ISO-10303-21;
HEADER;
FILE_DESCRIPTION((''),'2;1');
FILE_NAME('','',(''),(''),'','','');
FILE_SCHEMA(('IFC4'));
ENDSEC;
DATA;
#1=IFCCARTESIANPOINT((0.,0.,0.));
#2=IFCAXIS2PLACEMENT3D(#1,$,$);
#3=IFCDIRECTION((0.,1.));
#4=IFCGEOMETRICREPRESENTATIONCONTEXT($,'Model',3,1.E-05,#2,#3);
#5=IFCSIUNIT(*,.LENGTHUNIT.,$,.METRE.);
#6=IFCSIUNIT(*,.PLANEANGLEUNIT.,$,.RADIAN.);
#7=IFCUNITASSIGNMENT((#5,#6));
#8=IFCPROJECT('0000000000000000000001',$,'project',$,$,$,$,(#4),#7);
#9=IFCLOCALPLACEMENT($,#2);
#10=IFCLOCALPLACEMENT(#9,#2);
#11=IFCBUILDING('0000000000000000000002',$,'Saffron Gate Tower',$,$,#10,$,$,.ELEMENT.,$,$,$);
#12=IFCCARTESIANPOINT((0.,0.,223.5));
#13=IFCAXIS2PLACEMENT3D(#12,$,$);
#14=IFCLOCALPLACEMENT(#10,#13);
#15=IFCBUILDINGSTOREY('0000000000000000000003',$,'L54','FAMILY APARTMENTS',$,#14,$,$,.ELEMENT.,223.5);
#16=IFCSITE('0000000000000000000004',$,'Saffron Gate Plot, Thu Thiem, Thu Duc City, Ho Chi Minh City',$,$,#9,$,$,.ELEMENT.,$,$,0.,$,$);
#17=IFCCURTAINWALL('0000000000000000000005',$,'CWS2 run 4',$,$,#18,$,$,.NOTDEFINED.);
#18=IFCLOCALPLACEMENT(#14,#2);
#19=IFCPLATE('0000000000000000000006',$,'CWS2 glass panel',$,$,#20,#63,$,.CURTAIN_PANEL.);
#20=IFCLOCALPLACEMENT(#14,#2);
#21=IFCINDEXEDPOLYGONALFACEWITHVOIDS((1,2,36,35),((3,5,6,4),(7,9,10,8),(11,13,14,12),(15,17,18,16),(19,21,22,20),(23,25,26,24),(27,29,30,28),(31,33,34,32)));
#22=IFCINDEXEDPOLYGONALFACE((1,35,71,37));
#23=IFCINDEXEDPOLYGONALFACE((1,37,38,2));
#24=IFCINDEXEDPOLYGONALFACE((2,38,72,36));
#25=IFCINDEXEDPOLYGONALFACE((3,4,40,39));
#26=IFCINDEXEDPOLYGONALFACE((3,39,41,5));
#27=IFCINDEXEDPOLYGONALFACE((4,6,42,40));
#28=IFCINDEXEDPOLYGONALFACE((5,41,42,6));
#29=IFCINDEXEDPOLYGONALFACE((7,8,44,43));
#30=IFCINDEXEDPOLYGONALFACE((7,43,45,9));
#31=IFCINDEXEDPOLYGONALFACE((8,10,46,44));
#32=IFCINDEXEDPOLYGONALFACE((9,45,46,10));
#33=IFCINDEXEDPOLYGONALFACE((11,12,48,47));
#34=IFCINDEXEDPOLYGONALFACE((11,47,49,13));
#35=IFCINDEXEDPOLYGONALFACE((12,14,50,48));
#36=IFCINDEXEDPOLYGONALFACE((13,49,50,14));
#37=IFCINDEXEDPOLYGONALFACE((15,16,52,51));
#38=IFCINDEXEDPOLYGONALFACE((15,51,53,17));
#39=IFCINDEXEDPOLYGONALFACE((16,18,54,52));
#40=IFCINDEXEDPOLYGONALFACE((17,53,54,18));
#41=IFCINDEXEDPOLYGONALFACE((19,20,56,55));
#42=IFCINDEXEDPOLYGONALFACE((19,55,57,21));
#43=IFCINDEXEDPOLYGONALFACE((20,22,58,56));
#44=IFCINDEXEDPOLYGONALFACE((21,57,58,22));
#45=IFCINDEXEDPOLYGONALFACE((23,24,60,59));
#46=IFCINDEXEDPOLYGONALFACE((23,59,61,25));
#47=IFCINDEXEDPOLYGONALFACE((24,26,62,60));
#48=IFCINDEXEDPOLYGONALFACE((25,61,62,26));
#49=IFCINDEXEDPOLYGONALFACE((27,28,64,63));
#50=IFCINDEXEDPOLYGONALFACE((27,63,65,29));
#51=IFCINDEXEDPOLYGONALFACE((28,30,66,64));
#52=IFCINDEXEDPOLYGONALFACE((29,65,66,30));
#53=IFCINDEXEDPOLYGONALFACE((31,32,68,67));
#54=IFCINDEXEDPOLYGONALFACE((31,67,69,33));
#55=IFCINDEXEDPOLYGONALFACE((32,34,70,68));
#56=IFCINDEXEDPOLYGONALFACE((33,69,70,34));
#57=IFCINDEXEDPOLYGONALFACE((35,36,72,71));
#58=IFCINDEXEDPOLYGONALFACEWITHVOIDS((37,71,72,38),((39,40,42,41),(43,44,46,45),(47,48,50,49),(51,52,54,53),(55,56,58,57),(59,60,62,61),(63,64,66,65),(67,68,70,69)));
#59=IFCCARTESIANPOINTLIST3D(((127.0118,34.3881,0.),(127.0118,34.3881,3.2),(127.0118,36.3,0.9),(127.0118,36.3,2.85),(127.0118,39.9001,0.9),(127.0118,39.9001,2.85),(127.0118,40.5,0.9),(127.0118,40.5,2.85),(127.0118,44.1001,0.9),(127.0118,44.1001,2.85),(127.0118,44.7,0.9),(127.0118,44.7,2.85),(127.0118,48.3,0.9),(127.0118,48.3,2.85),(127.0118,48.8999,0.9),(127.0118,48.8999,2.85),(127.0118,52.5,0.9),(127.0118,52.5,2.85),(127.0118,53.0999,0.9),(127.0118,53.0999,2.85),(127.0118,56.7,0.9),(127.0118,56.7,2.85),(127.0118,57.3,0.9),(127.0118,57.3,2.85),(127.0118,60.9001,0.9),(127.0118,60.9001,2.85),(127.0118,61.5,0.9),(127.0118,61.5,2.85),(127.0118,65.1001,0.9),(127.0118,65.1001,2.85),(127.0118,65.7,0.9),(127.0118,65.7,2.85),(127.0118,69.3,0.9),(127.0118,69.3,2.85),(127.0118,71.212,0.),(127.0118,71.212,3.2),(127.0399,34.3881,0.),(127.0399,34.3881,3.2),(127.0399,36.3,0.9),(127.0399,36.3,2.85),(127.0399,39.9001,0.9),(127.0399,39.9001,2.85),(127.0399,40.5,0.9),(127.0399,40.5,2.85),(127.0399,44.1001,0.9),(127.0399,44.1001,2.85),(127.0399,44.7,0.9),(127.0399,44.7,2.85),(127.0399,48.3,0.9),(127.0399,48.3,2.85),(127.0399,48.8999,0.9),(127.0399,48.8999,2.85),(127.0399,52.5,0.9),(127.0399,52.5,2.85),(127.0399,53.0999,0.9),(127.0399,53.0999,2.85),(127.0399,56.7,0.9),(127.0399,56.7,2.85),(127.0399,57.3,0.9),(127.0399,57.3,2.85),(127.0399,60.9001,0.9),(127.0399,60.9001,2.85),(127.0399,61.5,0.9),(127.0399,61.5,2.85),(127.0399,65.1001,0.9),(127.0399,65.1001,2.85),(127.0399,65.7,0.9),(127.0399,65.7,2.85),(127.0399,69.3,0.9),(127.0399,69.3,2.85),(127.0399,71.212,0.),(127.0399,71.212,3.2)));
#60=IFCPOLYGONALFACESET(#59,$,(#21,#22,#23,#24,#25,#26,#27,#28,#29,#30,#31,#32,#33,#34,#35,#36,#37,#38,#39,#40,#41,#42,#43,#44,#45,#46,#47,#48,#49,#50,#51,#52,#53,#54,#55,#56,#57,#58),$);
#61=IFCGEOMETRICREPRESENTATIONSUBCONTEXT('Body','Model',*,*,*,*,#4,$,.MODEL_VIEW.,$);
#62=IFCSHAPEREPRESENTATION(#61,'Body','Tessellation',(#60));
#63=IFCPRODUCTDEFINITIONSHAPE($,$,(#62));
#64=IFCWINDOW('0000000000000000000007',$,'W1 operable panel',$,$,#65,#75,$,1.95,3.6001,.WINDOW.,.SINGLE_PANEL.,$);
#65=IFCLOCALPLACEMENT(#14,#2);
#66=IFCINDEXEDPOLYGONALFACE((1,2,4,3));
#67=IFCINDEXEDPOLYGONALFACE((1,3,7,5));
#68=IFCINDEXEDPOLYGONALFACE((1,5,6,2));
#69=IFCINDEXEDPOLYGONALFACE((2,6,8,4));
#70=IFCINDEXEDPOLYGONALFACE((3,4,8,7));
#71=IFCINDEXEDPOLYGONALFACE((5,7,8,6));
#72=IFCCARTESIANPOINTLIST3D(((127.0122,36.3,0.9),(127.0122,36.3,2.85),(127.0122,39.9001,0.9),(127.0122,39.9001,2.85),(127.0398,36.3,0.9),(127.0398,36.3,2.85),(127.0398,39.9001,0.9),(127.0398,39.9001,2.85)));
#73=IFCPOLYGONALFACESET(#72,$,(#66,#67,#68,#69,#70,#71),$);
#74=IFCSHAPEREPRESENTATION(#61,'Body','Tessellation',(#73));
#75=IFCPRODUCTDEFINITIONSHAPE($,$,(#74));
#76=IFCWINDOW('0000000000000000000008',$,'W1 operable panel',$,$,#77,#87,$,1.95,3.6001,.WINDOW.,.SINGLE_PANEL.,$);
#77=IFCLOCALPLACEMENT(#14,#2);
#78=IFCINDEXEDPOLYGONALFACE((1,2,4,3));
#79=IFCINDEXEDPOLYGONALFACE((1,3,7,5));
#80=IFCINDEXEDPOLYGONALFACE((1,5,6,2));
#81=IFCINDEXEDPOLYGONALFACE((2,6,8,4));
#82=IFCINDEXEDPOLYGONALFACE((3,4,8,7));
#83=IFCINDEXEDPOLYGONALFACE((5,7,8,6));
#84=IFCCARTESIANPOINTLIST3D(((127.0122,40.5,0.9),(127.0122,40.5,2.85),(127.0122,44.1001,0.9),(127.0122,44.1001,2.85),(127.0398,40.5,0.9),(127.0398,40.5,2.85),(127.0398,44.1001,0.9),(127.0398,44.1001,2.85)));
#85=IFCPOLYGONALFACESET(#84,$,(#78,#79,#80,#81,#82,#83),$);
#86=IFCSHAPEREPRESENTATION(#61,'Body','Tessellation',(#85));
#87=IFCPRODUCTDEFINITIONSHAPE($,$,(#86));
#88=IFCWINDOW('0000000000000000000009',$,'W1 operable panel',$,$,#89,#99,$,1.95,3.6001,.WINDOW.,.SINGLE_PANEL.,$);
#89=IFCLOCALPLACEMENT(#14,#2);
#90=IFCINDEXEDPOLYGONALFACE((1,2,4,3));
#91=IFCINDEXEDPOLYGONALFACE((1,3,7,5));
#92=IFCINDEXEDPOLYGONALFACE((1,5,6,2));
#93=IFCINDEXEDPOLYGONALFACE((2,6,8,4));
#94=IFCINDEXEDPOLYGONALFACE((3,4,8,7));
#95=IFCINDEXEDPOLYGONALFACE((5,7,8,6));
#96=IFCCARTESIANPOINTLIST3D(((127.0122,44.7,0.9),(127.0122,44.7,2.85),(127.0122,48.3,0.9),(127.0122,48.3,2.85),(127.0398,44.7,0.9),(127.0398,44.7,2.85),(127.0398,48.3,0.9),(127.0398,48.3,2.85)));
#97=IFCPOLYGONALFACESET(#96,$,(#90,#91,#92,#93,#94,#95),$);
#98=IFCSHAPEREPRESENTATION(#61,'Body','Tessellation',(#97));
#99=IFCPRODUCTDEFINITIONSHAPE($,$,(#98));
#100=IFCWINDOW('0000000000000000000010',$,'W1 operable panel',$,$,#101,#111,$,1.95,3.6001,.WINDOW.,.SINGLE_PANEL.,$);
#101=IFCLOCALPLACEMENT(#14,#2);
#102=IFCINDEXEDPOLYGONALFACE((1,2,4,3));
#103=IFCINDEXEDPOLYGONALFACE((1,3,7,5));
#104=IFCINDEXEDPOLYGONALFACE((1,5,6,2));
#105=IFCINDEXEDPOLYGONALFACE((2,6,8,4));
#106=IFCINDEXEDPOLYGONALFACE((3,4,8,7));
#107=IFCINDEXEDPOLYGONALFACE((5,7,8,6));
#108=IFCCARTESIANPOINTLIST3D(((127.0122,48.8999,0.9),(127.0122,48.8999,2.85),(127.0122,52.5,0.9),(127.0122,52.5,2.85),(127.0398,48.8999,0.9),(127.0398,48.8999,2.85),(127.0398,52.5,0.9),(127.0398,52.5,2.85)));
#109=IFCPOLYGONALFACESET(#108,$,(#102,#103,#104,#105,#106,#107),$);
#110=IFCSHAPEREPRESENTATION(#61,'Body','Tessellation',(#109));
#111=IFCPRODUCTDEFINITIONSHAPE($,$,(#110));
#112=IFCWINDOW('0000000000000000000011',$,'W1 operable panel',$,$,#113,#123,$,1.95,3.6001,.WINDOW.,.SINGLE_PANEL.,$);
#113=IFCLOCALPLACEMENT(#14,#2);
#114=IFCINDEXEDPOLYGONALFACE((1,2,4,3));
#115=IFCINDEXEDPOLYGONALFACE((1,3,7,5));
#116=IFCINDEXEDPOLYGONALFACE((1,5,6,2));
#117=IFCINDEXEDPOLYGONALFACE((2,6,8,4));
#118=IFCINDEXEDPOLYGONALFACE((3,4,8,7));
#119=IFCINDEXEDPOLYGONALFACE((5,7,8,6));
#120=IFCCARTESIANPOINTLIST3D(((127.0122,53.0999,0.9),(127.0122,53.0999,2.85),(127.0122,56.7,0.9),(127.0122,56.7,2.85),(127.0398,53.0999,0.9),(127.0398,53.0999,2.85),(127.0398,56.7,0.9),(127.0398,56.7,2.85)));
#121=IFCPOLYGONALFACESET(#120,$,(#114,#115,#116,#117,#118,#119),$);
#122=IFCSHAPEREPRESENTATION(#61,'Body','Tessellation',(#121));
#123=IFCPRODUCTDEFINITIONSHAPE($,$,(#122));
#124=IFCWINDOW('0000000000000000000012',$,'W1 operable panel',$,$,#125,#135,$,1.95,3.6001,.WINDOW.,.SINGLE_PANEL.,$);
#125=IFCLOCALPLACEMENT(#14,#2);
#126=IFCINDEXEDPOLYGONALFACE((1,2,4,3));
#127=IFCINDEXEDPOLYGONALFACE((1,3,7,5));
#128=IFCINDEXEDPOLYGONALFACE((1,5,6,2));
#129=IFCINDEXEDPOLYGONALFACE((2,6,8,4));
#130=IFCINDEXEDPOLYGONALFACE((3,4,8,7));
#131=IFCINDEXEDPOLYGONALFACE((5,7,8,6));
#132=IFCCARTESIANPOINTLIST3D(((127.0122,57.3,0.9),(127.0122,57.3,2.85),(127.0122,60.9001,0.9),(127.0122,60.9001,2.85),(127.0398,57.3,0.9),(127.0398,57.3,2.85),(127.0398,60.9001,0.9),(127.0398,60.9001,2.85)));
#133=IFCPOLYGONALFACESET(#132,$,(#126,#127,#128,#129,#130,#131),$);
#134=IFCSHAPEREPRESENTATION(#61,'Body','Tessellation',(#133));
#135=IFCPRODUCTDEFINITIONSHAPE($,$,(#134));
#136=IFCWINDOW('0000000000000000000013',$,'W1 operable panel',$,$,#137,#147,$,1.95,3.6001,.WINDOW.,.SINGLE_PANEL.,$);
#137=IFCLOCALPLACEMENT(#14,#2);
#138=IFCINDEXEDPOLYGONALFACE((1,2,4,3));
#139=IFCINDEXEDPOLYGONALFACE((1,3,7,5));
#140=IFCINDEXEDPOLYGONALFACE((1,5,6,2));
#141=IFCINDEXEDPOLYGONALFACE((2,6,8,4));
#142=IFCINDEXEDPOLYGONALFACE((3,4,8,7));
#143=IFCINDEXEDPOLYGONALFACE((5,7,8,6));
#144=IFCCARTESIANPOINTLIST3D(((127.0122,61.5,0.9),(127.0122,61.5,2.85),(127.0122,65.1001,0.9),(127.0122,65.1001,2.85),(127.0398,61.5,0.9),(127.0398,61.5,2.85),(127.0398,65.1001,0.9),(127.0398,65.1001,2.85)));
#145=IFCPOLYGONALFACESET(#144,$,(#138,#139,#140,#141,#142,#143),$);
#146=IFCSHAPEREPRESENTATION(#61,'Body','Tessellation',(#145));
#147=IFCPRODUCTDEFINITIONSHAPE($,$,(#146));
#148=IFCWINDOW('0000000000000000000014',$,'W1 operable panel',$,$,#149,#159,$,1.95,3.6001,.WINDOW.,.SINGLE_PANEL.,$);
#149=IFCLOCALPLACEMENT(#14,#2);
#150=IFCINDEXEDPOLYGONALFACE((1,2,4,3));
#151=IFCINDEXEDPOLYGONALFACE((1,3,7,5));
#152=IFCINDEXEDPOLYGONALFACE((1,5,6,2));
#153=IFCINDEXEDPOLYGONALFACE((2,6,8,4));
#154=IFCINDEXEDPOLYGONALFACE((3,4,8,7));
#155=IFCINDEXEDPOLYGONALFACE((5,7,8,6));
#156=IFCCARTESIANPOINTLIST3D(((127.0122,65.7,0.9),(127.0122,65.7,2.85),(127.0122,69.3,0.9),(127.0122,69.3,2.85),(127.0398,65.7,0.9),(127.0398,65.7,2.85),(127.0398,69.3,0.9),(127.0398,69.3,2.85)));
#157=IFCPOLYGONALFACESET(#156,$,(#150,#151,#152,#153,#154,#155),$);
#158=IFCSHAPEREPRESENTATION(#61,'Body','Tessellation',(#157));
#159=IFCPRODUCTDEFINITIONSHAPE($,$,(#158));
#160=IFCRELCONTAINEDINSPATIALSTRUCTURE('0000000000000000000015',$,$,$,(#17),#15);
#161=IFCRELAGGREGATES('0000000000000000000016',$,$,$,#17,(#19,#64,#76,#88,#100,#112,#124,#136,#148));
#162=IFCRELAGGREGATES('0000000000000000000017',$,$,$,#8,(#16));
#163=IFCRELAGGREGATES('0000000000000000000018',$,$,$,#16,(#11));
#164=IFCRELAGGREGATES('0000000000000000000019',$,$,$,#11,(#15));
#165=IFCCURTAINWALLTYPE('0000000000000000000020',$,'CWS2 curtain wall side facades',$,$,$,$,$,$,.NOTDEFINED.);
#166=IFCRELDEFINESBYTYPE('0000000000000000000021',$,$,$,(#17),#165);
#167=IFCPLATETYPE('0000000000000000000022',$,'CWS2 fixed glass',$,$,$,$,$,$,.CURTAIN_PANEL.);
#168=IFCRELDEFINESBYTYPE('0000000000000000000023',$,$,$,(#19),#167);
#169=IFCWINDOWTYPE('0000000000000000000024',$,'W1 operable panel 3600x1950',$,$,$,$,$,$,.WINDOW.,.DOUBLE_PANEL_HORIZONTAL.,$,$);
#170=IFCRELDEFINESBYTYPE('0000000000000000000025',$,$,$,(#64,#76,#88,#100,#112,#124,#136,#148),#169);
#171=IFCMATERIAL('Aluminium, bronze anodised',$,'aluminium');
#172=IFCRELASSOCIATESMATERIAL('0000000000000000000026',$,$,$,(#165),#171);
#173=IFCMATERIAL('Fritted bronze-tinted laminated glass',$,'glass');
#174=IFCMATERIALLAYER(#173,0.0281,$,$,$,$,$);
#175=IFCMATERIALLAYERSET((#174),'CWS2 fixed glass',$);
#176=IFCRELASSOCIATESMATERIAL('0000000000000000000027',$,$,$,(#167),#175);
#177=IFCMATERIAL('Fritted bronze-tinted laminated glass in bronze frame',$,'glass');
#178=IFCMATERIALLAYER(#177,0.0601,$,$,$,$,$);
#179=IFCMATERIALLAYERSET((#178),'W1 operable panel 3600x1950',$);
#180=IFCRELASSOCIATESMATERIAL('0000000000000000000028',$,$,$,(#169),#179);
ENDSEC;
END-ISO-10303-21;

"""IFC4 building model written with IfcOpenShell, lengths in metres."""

from ifc_helpers import new_model, si_unit, direction, frame, frame_2d, origin, place, context, subcontext, project, spatial, rectangle, extrude, material, layer, layer_set, type_object, element, fill, aggregate, save


model = new_model("IFC4")

# Units and contexts
model_context = context("Model", 3, precision=1e-05, world=origin(), true_north=direction((0.0, 1.0)))
body_context = subcontext(model_context, "Body", "Model", "MODEL_VIEW")
ifc_project = project(units=[si_unit("LENGTHUNIT", "METRE"), si_unit("PLANEANGLEUNIT", "RADIAN")], contexts=[model_context])

# Site, building, storey
site_placement = place(None, origin())
site = spatial("IfcSite", under=ifc_project, at=site_placement, Name="Saffron Gate Plot, Thu Thiem, Thu Duc City, Ho Chi Minh City", CompositionType="ELEMENT", RefElevation=0.0)
building_placement = place(site_placement, origin())
building = spatial("IfcBuilding", under=site, at=building_placement, Name="Saffron Gate Tower", CompositionType="ELEMENT")
storey_placement = place(building_placement, frame((0.0, 0.0, 223.5)))
storey = spatial("IfcBuildingStorey", under=building, at=storey_placement, Name="L54", Description="FAMILY APARTMENTS", CompositionType="ELEMENT", Elevation=223.5)

# Curtain wall
ifc_material_1 = material(Name="Aluminium, bronze anodised", Category="aluminium")
curtain_wall_type_1 = type_object("IfcCurtainWallType", Name="CWS2 curtain wall side facades", PredefinedType="NOTDEFINED", material=ifc_material_1)
curtain_wall_1_placement = place(storey_placement, origin())
curtain_wall_1 = element("IfcCurtainWall", 1, at=curtain_wall_1_placement, inside=storey, type_object=curtain_wall_type_1, Name="CWS2 run 4", PredefinedType="NOTDEFINED")

# Plate, openings, windows
ifc_material_2 = material(Name="Fritted bronze-tinted laminated glass", Category="glass")
ifc_layer_1 = layer(ifc_material_2, 0.0281)
ifc_layer_set_1 = layer_set([ifc_layer_1], Name="CWS2 fixed glass")
plate_type = type_object("IfcPlateType", Name="CWS2 fixed glass", PredefinedType="CURTAIN_PANEL", material=ifc_layer_set_1)
plate_placement = place(storey_placement, frame((127.0259, 34.3879, 0.0), z_axis=(0.0, 0.0, 1.0), x_axis=(0.0, 1.0, 0.0)))
plate = element("IfcPlate", 2, at=plate_placement, type_object=plate_type, Name="CWS2 glass panel", PredefinedType="CURTAIN_PANEL", context=body_context, shape_type="SweptSolid", body=[
    extrude(rectangle(XDim=36.824, YDim=0.0281, at=frame_2d((18.4121, 0.0))), origin(), (0.0, 0.0, 1.0), 3.2),
])
opening_1_placement = place(plate_placement, frame((1.9121, 0.0, 0.8999)))
opening_1 = element("IfcOpeningElement", 3, at=opening_1_placement, cuts=plate, PredefinedType="OPENING", context=body_context, shape_type="SweptSolid", body=[
    extrude(rectangle(XDim=3.6001, YDim=1.95, at=frame_2d((1.8, 0.9751))), frame((0.0, 0.0239, 0.0), z_axis=(0.0, -1.0, 0.0), x_axis=(1.0, 0.0, 0.0)), (0.0, 0.0, 1.0), 0.0481),
])
opening_2_placement = place(plate_placement, frame((6.1121, 0.0, 0.8999)))
opening_2 = element("IfcOpeningElement", 4, at=opening_2_placement, cuts=plate, PredefinedType="OPENING", context=body_context, shape_type="SweptSolid", body=[
    extrude(rectangle(XDim=3.6001, YDim=1.95, at=frame_2d((1.8, 0.9751))), frame((0.0, 0.0239, 0.0), z_axis=(0.0, -1.0, 0.0), x_axis=(1.0, 0.0, 0.0)), (0.0, 0.0, 1.0), 0.0481),
])
opening_3_placement = place(plate_placement, frame((10.312, 0.0, 0.8999)))
opening_3 = element("IfcOpeningElement", 5, at=opening_3_placement, cuts=plate, PredefinedType="OPENING", context=body_context, shape_type="SweptSolid", body=[
    extrude(rectangle(XDim=3.6001, YDim=1.95, at=frame_2d((1.8, 0.9751))), frame((0.0, 0.0239, 0.0), z_axis=(0.0, -1.0, 0.0), x_axis=(1.0, 0.0, 0.0)), (0.0, 0.0, 1.0), 0.0481),
])
opening_4_placement = place(plate_placement, frame((14.512, 0.0, 0.8999)))
opening_4 = element("IfcOpeningElement", 6, at=opening_4_placement, cuts=plate, PredefinedType="OPENING", context=body_context, shape_type="SweptSolid", body=[
    extrude(rectangle(XDim=3.6001, YDim=1.95, at=frame_2d((1.8, 0.9751))), frame((0.0, 0.0239, 0.0), z_axis=(0.0, -1.0, 0.0), x_axis=(1.0, 0.0, 0.0)), (0.0, 0.0, 1.0), 0.0481),
])
opening_5_placement = place(plate_placement, frame((18.7119, 0.0, 0.8999)))
opening_5 = element("IfcOpeningElement", 7, at=opening_5_placement, cuts=plate, PredefinedType="OPENING", context=body_context, shape_type="SweptSolid", body=[
    extrude(rectangle(XDim=3.6001, YDim=1.95, at=frame_2d((1.8, 0.9751))), frame((0.0, 0.0239, 0.0), z_axis=(0.0, -1.0, 0.0), x_axis=(1.0, 0.0, 0.0)), (0.0, 0.0, 1.0), 0.0481),
])
opening_6_placement = place(plate_placement, frame((22.9121, 0.0, 0.8999)))
opening_6 = element("IfcOpeningElement", 8, at=opening_6_placement, cuts=plate, PredefinedType="OPENING", context=body_context, shape_type="SweptSolid", body=[
    extrude(rectangle(XDim=3.6001, YDim=1.95, at=frame_2d((1.8, 0.9751))), frame((0.0, 0.0239, 0.0), z_axis=(0.0, -1.0, 0.0), x_axis=(1.0, 0.0, 0.0)), (0.0, 0.0, 1.0), 0.0481),
])
opening_7_placement = place(plate_placement, frame((27.1121, 0.0, 0.8999)))
opening_7 = element("IfcOpeningElement", 9, at=opening_7_placement, cuts=plate, PredefinedType="OPENING", context=body_context, shape_type="SweptSolid", body=[
    extrude(rectangle(XDim=3.6001, YDim=1.95, at=frame_2d((1.8, 0.9751))), frame((0.0, 0.0239, 0.0), z_axis=(0.0, -1.0, 0.0), x_axis=(1.0, 0.0, 0.0)), (0.0, 0.0, 1.0), 0.0481),
])
opening_8_placement = place(plate_placement, frame((31.312, 0.0, 0.8999)))
opening_8 = element("IfcOpeningElement", 10, at=opening_8_placement, cuts=plate, PredefinedType="OPENING", context=body_context, shape_type="SweptSolid", body=[
    extrude(rectangle(XDim=3.6001, YDim=1.95, at=frame_2d((1.8, 0.9751))), frame((0.0, 0.0239, 0.0), z_axis=(0.0, -1.0, 0.0), x_axis=(1.0, 0.0, 0.0)), (0.0, 0.0, 1.0), 0.0481),
])
ifc_material_3 = material(Name="Fritted bronze-tinted laminated glass in bronze frame", Category="glass")
ifc_layer_2 = layer(ifc_material_3, 0.0601)
ifc_layer_set_2 = layer_set([ifc_layer_2], Name="W1 operable panel 3600x1950")
window_type = type_object("IfcWindowType", Name="W1 operable panel 3600x1950", PartitioningType="DOUBLE_PANEL_HORIZONTAL", PredefinedType="WINDOW", material=ifc_layer_set_2)
window_1_placement = place(opening_1_placement, origin())
window_1 = element("IfcWindow", 11, at=window_1_placement, type_object=window_type, Name="W1 operable panel", OverallHeight=1.95, OverallWidth=3.6001, PartitioningType="SINGLE_PANEL", PredefinedType="WINDOW", context=body_context, shape_type="SweptSolid", body=[
    extrude(rectangle(XDim=3.6001, YDim=1.95, at=frame_2d((1.8, 0.9751))), frame((0.0, 0.0137, 0.0), z_axis=(0.0, -1.0, 0.0), x_axis=(1.0, 0.0, 0.0)), (0.0, 0.0, 1.0), 0.0276),
])
fill(opening_1, window_1)
window_2_placement = place(opening_2_placement, origin())
window_2 = element("IfcWindow", 12, at=window_2_placement, type_object=window_type, Name="W1 operable panel", OverallHeight=1.95, OverallWidth=3.6001, PartitioningType="SINGLE_PANEL", PredefinedType="WINDOW", context=body_context, shape_type="SweptSolid", body=[
    extrude(rectangle(XDim=3.6001, YDim=1.95, at=frame_2d((1.8, 0.9751))), frame((0.0, 0.0137, 0.0), z_axis=(0.0, -1.0, 0.0), x_axis=(1.0, 0.0, 0.0)), (0.0, 0.0, 1.0), 0.0276),
])
fill(opening_2, window_2)
window_3_placement = place(opening_3_placement, origin())
window_3 = element("IfcWindow", 13, at=window_3_placement, type_object=window_type, Name="W1 operable panel", OverallHeight=1.95, OverallWidth=3.6001, PartitioningType="SINGLE_PANEL", PredefinedType="WINDOW", context=body_context, shape_type="SweptSolid", body=[
    extrude(rectangle(XDim=3.6001, YDim=1.95, at=frame_2d((1.8, 0.9751))), frame((0.0, 0.0137, 0.0), z_axis=(0.0, -1.0, 0.0), x_axis=(1.0, 0.0, 0.0)), (0.0, 0.0, 1.0), 0.0276),
])
fill(opening_3, window_3)
window_4_placement = place(opening_4_placement, origin())
window_4 = element("IfcWindow", 14, at=window_4_placement, type_object=window_type, Name="W1 operable panel", OverallHeight=1.95, OverallWidth=3.6001, PartitioningType="SINGLE_PANEL", PredefinedType="WINDOW", context=body_context, shape_type="SweptSolid", body=[
    extrude(rectangle(XDim=3.6001, YDim=1.95, at=frame_2d((1.8, 0.9751))), frame((0.0, 0.0137, 0.0), z_axis=(0.0, -1.0, 0.0), x_axis=(1.0, 0.0, 0.0)), (0.0, 0.0, 1.0), 0.0276),
])
fill(opening_4, window_4)
window_5_placement = place(opening_5_placement, origin())
window_5 = element("IfcWindow", 15, at=window_5_placement, type_object=window_type, Name="W1 operable panel", OverallHeight=1.95, OverallWidth=3.6001, PartitioningType="SINGLE_PANEL", PredefinedType="WINDOW", context=body_context, shape_type="SweptSolid", body=[
    extrude(rectangle(XDim=3.6001, YDim=1.95, at=frame_2d((1.8, 0.9751))), frame((0.0, 0.0137, 0.0), z_axis=(0.0, -1.0, 0.0), x_axis=(1.0, 0.0, 0.0)), (0.0, 0.0, 1.0), 0.0276),
])
fill(opening_5, window_5)
window_6_placement = place(opening_6_placement, origin())
window_6 = element("IfcWindow", 16, at=window_6_placement, type_object=window_type, Name="W1 operable panel", OverallHeight=1.95, OverallWidth=3.6001, PartitioningType="SINGLE_PANEL", PredefinedType="WINDOW", context=body_context, shape_type="SweptSolid", body=[
    extrude(rectangle(XDim=3.6001, YDim=1.95, at=frame_2d((1.8, 0.9751))), frame((0.0, 0.0137, 0.0), z_axis=(0.0, -1.0, 0.0), x_axis=(1.0, 0.0, 0.0)), (0.0, 0.0, 1.0), 0.0276),
])
fill(opening_6, window_6)
window_7_placement = place(opening_7_placement, origin())
window_7 = element("IfcWindow", 17, at=window_7_placement, type_object=window_type, Name="W1 operable panel", OverallHeight=1.95, OverallWidth=3.6001, PartitioningType="SINGLE_PANEL", PredefinedType="WINDOW", context=body_context, shape_type="SweptSolid", body=[
    extrude(rectangle(XDim=3.6001, YDim=1.95, at=frame_2d((1.8, 0.9751))), frame((0.0, 0.0137, 0.0), z_axis=(0.0, -1.0, 0.0), x_axis=(1.0, 0.0, 0.0)), (0.0, 0.0, 1.0), 0.0276),
])
fill(opening_7, window_7)
window_8_placement = place(opening_8_placement, origin())
window_8 = element("IfcWindow", 18, at=window_8_placement, type_object=window_type, Name="W1 operable panel", OverallHeight=1.95, OverallWidth=3.6001, PartitioningType="SINGLE_PANEL", PredefinedType="WINDOW", context=body_context, shape_type="SweptSolid", body=[
    extrude(rectangle(XDim=3.6001, YDim=1.95, at=frame_2d((1.8, 0.9751))), frame((0.0, 0.0137, 0.0), z_axis=(0.0, -1.0, 0.0), x_axis=(1.0, 0.0, 0.0)), (0.0, 0.0, 1.0), 0.0276),
])
fill(opening_8, window_8)
aggregate(curtain_wall_1, [plate, window_1, window_2, window_3, window_4, window_5, window_6, window_7, window_8])

save(model, "model.ifc")
